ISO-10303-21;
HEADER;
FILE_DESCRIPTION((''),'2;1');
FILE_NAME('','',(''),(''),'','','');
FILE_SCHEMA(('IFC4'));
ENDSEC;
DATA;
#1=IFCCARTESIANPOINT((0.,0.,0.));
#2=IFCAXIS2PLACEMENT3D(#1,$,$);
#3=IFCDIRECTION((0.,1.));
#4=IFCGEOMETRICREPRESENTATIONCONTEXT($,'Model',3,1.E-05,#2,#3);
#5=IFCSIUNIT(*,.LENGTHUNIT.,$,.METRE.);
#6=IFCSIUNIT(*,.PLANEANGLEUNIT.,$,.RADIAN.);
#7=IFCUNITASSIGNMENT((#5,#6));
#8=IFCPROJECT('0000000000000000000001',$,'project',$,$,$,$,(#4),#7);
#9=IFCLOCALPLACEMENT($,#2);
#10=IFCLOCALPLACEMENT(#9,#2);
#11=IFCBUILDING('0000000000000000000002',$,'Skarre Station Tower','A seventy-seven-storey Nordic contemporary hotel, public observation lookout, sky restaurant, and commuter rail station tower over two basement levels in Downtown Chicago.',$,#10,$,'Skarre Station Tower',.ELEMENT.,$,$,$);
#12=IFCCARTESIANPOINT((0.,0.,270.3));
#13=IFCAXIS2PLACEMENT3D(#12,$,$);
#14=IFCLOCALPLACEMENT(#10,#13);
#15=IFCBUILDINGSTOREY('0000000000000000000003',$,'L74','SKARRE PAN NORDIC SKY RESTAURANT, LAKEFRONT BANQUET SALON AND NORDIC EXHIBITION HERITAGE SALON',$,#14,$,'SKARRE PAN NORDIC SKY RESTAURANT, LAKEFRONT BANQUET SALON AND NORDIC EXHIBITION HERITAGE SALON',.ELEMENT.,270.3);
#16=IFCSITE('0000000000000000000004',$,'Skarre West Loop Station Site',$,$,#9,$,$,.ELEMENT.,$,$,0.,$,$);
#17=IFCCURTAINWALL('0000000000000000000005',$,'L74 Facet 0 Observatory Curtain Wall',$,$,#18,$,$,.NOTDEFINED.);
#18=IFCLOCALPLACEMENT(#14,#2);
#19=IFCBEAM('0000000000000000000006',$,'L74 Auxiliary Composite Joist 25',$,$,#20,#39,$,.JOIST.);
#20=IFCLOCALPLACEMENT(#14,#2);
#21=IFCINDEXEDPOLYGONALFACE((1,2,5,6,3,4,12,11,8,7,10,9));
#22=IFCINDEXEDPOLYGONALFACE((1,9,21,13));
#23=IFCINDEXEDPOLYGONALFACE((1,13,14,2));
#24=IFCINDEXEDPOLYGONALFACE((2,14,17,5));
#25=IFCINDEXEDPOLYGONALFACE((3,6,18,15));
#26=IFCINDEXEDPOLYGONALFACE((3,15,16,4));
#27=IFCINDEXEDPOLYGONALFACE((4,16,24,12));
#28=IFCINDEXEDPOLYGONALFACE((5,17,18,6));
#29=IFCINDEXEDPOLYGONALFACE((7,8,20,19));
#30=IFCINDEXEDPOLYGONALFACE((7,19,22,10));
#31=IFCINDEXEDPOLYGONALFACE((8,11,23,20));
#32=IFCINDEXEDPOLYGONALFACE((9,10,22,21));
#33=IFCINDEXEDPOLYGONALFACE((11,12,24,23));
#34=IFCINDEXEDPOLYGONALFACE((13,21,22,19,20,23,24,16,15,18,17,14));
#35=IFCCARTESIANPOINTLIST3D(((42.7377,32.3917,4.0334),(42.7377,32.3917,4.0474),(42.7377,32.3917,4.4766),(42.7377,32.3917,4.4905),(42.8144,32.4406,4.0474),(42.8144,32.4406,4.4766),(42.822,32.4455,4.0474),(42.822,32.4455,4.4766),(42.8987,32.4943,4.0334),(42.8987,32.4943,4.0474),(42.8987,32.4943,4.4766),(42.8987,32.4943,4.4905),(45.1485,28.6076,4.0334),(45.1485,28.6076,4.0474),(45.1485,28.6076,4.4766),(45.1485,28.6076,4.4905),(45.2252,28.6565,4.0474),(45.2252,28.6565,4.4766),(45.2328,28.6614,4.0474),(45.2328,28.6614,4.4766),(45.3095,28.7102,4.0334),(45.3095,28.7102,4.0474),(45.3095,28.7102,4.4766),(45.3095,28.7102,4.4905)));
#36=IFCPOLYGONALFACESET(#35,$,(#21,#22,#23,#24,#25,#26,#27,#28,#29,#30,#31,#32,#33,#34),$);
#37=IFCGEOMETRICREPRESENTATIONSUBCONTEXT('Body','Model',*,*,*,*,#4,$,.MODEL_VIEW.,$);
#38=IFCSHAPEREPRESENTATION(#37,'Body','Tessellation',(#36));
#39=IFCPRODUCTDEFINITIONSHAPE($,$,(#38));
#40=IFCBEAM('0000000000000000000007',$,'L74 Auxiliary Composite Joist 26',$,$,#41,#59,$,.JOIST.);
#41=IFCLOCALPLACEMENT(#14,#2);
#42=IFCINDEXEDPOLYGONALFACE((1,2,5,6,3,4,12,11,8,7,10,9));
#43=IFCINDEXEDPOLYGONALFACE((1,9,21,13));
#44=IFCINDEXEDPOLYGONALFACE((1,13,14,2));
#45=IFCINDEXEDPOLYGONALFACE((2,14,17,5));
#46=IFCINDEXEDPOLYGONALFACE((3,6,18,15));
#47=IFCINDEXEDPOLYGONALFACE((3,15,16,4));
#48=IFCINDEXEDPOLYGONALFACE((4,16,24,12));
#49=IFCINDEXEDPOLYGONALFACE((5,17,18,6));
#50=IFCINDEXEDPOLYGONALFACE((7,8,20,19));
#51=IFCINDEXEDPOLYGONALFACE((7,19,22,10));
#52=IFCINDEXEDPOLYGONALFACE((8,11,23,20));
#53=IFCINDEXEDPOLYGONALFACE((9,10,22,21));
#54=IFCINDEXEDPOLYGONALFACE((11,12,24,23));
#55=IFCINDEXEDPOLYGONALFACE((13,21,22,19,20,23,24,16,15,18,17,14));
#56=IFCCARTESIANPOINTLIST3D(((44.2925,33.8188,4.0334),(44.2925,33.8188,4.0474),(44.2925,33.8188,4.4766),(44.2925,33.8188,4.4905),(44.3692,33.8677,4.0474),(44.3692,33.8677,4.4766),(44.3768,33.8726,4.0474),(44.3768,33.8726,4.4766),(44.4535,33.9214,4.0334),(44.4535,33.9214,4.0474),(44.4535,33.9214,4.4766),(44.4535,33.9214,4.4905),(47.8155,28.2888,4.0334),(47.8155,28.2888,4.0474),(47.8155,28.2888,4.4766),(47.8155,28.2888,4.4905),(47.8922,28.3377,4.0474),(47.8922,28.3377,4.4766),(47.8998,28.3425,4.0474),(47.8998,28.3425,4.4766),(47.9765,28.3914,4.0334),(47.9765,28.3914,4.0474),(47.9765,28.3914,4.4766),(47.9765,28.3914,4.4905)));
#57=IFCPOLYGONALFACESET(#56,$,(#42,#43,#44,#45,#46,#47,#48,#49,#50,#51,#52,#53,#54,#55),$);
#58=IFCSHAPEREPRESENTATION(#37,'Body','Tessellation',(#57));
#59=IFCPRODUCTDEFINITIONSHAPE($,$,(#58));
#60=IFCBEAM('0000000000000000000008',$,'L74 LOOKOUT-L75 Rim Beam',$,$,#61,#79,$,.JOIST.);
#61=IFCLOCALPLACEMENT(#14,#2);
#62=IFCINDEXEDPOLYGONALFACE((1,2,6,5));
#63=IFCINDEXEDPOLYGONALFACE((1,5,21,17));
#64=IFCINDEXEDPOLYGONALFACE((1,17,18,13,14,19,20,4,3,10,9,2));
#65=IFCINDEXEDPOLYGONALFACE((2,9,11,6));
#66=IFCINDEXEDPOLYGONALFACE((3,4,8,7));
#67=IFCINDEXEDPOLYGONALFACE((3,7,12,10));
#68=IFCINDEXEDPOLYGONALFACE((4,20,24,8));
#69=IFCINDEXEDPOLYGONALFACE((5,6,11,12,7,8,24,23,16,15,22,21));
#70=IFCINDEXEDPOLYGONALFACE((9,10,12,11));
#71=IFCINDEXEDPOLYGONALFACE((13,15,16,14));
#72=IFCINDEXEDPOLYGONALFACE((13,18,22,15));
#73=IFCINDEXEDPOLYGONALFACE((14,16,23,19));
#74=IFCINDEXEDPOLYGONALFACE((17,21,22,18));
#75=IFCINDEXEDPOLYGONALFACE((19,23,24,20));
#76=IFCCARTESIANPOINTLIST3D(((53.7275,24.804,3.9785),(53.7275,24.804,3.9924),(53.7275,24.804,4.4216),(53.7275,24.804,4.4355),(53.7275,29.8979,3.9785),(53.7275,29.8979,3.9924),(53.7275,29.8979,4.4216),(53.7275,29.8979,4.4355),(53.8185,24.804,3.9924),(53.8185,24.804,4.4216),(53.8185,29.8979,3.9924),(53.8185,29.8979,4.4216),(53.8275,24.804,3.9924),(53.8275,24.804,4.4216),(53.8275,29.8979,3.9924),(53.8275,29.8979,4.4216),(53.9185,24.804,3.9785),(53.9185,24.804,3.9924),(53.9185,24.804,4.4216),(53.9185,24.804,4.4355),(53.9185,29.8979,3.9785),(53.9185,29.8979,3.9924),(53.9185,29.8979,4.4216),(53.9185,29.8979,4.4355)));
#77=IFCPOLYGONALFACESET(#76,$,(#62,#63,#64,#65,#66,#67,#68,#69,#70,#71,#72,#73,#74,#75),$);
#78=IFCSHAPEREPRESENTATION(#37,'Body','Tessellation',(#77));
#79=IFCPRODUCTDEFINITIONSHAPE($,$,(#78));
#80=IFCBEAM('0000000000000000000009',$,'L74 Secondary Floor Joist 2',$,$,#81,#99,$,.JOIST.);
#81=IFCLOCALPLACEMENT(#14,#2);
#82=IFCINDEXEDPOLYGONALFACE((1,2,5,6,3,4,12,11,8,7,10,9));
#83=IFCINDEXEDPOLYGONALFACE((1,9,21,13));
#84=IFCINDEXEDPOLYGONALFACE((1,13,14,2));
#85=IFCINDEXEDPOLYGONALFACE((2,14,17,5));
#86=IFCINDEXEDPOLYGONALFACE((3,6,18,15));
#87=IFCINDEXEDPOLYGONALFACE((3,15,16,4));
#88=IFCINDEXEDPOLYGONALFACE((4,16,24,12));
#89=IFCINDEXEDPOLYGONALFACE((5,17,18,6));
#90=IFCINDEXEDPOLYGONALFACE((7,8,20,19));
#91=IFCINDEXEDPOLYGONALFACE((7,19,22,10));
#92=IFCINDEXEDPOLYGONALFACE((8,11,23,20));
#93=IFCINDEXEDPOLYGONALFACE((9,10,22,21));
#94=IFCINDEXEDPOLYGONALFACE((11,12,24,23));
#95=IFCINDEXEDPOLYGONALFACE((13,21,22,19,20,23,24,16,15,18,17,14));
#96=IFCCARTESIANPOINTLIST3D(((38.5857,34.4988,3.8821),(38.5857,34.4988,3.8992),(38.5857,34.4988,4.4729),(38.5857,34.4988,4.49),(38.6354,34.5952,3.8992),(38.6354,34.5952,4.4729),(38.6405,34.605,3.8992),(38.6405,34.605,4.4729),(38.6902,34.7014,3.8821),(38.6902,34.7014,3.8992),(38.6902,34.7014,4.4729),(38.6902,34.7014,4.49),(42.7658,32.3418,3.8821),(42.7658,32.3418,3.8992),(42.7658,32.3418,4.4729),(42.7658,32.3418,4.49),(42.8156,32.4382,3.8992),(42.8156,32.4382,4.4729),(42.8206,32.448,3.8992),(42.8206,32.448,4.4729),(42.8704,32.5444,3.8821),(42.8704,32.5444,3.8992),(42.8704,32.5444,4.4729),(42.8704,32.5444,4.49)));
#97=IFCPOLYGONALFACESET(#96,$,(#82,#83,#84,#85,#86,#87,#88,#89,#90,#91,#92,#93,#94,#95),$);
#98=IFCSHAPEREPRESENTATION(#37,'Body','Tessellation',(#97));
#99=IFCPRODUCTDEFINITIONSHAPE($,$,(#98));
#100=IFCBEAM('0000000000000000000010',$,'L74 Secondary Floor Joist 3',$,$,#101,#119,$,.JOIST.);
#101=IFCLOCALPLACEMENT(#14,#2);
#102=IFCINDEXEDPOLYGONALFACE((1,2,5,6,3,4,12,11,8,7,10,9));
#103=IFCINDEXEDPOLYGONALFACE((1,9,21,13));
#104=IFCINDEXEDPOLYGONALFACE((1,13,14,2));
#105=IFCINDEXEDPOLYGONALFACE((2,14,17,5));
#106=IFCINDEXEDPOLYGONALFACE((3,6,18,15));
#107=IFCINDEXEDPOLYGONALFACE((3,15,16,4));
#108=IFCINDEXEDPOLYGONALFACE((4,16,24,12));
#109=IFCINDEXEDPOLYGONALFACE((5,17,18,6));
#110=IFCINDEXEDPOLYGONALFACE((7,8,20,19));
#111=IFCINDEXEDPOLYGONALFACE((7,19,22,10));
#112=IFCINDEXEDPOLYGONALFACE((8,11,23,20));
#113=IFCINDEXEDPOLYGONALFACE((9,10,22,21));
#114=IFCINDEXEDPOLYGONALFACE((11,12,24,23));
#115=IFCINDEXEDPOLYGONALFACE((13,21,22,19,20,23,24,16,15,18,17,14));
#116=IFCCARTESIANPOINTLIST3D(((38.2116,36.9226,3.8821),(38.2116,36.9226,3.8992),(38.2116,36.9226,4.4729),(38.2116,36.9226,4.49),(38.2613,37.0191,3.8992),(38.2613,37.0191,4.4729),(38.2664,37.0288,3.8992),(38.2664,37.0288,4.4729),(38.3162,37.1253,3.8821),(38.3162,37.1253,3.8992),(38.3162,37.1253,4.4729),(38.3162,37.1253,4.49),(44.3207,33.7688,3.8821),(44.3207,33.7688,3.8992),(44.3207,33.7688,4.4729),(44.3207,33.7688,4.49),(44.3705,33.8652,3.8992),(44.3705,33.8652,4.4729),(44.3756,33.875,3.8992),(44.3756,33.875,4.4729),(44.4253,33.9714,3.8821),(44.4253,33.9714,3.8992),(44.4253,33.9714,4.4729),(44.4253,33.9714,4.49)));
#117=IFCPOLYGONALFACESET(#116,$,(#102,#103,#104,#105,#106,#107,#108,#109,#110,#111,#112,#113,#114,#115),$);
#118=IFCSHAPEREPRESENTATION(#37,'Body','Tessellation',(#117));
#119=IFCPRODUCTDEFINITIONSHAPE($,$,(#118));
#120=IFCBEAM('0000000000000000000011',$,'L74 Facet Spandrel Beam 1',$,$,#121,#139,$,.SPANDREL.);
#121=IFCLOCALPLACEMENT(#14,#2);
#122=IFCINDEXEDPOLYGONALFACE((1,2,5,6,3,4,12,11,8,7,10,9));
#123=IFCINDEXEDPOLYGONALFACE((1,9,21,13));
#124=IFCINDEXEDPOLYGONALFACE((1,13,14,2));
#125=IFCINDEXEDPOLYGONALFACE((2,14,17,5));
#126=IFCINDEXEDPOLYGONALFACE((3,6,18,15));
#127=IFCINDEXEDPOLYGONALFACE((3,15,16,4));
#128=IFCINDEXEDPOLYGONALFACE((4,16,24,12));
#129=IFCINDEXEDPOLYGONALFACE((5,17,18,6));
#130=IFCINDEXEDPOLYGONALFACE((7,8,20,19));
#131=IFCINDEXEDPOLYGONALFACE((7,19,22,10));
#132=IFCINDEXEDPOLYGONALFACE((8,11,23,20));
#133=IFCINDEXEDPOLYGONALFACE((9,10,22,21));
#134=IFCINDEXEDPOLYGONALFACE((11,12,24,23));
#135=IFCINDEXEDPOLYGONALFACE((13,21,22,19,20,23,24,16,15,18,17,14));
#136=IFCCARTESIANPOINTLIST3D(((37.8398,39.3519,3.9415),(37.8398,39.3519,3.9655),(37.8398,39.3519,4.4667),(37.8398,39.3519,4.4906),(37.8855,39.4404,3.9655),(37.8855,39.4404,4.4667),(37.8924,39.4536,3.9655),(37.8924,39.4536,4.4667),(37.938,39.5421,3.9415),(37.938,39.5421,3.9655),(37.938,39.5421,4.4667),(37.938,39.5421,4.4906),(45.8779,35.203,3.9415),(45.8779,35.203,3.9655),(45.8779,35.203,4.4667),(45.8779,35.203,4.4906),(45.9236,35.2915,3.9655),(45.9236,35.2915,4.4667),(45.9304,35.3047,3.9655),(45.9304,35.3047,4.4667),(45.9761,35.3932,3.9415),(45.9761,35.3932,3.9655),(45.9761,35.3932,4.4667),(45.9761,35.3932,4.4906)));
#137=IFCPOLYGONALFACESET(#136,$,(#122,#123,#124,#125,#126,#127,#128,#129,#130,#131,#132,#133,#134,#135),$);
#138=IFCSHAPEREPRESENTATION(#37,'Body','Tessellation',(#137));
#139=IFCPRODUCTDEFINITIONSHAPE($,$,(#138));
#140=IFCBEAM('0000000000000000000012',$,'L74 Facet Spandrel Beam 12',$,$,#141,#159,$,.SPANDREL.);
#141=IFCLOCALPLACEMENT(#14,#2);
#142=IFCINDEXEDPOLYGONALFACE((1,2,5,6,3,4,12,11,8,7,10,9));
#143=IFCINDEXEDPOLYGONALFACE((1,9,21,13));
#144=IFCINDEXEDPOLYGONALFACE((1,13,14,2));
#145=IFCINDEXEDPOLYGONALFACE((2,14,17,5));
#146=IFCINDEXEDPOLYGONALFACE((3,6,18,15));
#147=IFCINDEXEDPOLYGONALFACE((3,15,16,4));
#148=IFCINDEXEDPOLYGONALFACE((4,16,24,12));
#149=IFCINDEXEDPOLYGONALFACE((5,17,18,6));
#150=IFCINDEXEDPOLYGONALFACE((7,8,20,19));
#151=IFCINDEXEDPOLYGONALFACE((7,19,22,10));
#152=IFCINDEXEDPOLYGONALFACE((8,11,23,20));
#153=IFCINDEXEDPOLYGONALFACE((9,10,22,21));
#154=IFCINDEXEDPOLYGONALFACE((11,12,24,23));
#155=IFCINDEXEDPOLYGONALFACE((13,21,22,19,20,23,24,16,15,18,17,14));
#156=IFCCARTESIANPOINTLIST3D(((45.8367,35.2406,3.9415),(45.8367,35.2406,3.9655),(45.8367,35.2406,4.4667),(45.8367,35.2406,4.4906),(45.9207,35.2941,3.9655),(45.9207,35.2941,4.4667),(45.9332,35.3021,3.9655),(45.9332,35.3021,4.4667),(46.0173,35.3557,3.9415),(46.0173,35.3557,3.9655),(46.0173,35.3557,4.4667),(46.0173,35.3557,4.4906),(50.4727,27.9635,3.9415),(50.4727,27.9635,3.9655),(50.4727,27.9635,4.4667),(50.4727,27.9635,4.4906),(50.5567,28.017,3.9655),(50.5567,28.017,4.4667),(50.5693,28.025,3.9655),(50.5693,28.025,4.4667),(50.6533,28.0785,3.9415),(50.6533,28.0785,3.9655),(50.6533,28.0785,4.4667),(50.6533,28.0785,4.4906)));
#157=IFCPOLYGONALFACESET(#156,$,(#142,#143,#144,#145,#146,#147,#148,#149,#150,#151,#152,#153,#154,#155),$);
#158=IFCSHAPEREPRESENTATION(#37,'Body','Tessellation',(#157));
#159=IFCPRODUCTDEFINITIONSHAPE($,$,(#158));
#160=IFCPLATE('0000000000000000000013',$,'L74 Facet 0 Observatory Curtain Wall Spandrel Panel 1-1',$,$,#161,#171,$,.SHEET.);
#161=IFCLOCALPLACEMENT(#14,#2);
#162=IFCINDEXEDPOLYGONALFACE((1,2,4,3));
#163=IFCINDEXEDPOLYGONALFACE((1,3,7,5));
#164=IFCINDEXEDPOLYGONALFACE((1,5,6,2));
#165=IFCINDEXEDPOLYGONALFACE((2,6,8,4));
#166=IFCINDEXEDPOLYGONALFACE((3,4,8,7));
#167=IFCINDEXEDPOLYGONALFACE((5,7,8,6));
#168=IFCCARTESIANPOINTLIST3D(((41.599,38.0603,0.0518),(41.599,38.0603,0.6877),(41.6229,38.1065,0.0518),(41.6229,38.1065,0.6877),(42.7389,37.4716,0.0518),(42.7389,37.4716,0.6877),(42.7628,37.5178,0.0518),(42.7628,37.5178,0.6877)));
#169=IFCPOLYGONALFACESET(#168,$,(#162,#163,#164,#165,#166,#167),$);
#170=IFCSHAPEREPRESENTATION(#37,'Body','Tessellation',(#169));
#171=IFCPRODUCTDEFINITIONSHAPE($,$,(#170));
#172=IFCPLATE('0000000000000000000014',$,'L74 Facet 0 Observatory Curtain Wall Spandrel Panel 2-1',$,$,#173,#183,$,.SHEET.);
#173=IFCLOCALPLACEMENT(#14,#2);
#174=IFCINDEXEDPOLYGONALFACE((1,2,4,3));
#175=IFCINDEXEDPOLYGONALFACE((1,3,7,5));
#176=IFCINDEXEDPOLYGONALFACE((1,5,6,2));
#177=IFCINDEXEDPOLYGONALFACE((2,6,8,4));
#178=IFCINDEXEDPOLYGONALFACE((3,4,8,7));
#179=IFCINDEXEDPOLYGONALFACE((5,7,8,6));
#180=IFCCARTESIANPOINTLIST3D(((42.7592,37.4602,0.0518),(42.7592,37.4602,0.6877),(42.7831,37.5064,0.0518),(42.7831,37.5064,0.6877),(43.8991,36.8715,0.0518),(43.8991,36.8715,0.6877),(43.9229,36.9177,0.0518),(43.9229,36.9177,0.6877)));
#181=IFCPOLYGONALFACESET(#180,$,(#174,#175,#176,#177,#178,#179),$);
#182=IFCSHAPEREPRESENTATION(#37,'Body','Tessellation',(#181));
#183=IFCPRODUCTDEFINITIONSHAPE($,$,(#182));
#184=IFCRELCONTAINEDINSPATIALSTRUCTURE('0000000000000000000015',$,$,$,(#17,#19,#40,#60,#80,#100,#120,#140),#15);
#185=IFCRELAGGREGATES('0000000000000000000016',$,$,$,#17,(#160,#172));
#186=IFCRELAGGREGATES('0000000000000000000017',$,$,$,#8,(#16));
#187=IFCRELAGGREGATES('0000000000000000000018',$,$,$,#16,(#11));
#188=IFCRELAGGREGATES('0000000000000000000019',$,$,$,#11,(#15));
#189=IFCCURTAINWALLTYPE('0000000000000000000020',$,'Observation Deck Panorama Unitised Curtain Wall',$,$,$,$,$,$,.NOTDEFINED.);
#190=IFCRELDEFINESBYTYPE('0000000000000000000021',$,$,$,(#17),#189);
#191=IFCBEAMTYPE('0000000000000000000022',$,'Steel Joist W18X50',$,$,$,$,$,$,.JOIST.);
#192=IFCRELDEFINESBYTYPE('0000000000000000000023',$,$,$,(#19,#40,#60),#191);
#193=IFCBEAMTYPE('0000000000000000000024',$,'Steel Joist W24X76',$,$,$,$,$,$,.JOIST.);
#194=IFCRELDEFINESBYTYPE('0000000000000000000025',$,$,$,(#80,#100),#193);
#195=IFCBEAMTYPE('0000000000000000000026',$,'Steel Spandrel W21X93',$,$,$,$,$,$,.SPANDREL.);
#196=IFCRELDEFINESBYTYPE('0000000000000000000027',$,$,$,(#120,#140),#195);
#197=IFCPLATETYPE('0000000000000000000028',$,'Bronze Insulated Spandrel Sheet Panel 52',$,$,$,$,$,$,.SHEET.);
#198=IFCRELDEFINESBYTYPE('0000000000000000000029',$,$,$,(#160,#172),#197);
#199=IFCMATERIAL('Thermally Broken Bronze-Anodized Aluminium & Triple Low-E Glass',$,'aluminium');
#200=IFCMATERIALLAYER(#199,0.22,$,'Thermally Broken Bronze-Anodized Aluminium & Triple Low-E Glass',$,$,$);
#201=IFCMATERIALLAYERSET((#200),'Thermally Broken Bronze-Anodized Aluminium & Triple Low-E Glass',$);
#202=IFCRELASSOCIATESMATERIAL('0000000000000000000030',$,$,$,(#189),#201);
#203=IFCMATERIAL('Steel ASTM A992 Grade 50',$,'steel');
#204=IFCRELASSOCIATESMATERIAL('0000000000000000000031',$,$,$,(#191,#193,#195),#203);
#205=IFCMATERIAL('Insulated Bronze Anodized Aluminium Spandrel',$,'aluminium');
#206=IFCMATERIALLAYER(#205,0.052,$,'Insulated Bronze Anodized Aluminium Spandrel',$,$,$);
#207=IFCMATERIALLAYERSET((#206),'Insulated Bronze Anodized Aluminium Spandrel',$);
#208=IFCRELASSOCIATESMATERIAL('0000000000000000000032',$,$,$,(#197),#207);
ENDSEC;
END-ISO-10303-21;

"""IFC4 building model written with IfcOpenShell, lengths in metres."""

from ifc_helpers import new_model, si_unit, direction, frame, origin, origin_2d, place, context, subcontext, project, spatial, rectangle, i_section, extrude, material, layer, layer_set, material_profile, profile_set, type_object, element, aggregate, save


model = new_model("IFC4")

# Units and contexts
model_context = context("Model", 3, precision=1e-05, world=origin(), true_north=direction((0.0, 1.0)))
body_context = subcontext(model_context, "Body", "Model", "MODEL_VIEW")
ifc_project = project(units=[si_unit("LENGTHUNIT", "METRE"), si_unit("PLANEANGLEUNIT", "RADIAN")], contexts=[model_context])

# Site, building, storey
site_placement = place(None, origin())
site = spatial("IfcSite", under=ifc_project, at=site_placement, Name="Skarre West Loop Station Site", CompositionType="ELEMENT", RefElevation=0.0)
building_placement = place(site_placement, origin())
building = spatial("IfcBuilding", under=site, at=building_placement, Name="Skarre Station Tower", Description="A seventy-seven-storey Nordic contemporary hotel, public observation lookout, sky restaurant, and commuter rail station tower over two basement levels in Downtown Chicago.", LongName="Skarre Station Tower", CompositionType="ELEMENT")
storey_placement = place(building_placement, frame((0.0, 0.0, 270.3)))
storey = spatial("IfcBuildingStorey", under=building, at=storey_placement, Name="L74", Description="SKARRE PAN NORDIC SKY RESTAURANT, LAKEFRONT BANQUET SALON AND NORDIC EXHIBITION HERITAGE SALON", LongName="SKARRE PAN NORDIC SKY RESTAURANT, LAKEFRONT BANQUET SALON AND NORDIC EXHIBITION HERITAGE SALON", CompositionType="ELEMENT", Elevation=270.3)

# Curtain wall
ifc_material_1 = material(Name="Thermally Broken Bronze-Anodized Aluminium & Triple Low-E Glass", Category="aluminium")
ifc_layer_1 = layer(ifc_material_1, 0.22, Name="Thermally Broken Bronze-Anodized Aluminium & Triple Low-E Glass")
ifc_layer_set_1 = layer_set([ifc_layer_1], Name="Thermally Broken Bronze-Anodized Aluminium & Triple Low-E Glass")
curtain_wall_type = type_object("IfcCurtainWallType", Name="Observation Deck Panorama Unitised Curtain Wall", PredefinedType="NOTDEFINED", material=ifc_layer_set_1)
curtain_wall_1_placement = place(storey_placement, origin())
curtain_wall_1 = element("IfcCurtainWall", 1, at=curtain_wall_1_placement, inside=storey, type_object=curtain_wall_type, Name="L74 Facet 0 Observatory Curtain Wall", PredefinedType="NOTDEFINED")

# Beams
ifc_material_2 = material(Name="Steel ASTM A992 Grade 50", Category="steel")
ifc_material_profile_1 = material_profile(ifc_material_2, i_section(OverallWidth=0.1909, OverallDepth=0.457, WebThickness=0.009, FlangeThickness=0.0139, at=origin_2d()), Name="Steel ASTM A992 Grade 50")
ifc_profile_set_1 = profile_set([ifc_material_profile_1], Name="Steel ASTM A992 Grade 50")
beam_type_1 = type_object("IfcBeamType", Name="Steel Joist W18X50", PredefinedType="JOIST", material=ifc_profile_set_1)
beam_1_placement = place(storey_placement, frame((45.229, 28.6589, 4.262), z_axis=(-0.537316, 0.843381, 0.0), x_axis=(-0.843381, -0.537316, 0.0)))
element("IfcBeam", 2, at=beam_1_placement, inside=storey, type_object=beam_type_1, Name="L74 Auxiliary Composite Joist 25", PredefinedType="JOIST", context=body_context, shape_type="SweptSolid", body=[
    extrude(i_section(OverallWidth=0.1909, OverallDepth=0.457, WebThickness=0.009, FlangeThickness=0.0139, at=origin_2d()), origin(), (0.0, 0.0, 1.0), 4.4868),
])
beam_2_placement = place(storey_placement, frame((47.896, 28.3401, 4.262), z_axis=(-0.537292, 0.843396, 0.0), x_axis=(-0.843396, -0.537292, 0.0)))
element("IfcBeam", 3, at=beam_2_placement, inside=storey, type_object=beam_type_1, Name="L74 Auxiliary Composite Joist 26", PredefinedType="JOIST", context=body_context, shape_type="SweptSolid", body=[
    extrude(i_section(OverallWidth=0.1909, OverallDepth=0.457, WebThickness=0.009, FlangeThickness=0.0139, at=origin_2d()), origin(), (0.0, 0.0, 1.0), 6.5569),
])
beam_3_placement = place(storey_placement, frame((53.823, 29.8979, 4.207), z_axis=(0.0, -1.0, 0.0), x_axis=(1.0, 0.0, 0.0)))
element("IfcBeam", 4, at=beam_3_placement, inside=storey, type_object=beam_type_1, Name="L74 LOOKOUT-L75 Rim Beam", PredefinedType="JOIST", context=body_context, shape_type="SweptSolid", body=[
    extrude(i_section(OverallWidth=0.1909, OverallDepth=0.457, WebThickness=0.009, FlangeThickness=0.0139, at=origin_2d()), origin(), (0.0, 0.0, 1.0), 5.094),
])
ifc_material_profile_2 = material_profile(ifc_material_2, i_section(OverallWidth=0.228, OverallDepth=0.6079, WebThickness=0.011, FlangeThickness=0.0171, at=origin_2d()), Name="Steel ASTM A992 Grade 50")
ifc_profile_set_2 = profile_set([ifc_material_profile_2], Name="Steel ASTM A992 Grade 50")
beam_type_2 = type_object("IfcBeamType", Name="Steel Joist W24X76", PredefinedType="JOIST", material=ifc_profile_set_2)
beam_4_placement = place(storey_placement, frame((42.8181, 32.4431, 4.186), z_axis=(-0.888666, 0.458554, 0.0), x_axis=(-0.458554, -0.888666, 0.0)))
element("IfcBeam", 5, at=beam_4_placement, inside=storey, type_object=beam_type_2, Name="L74 Secondary Floor Joist 2", PredefinedType="JOIST", context=body_context, shape_type="SweptSolid", body=[
    extrude(i_section(OverallWidth=0.228, OverallDepth=0.6079, WebThickness=0.011, FlangeThickness=0.0171, at=origin_2d()), origin(), (0.0, 0.0, 1.0), 4.7039),
])
beam_5_placement = place(storey_placement, frame((44.373, 33.8701, 4.186), z_axis=(-0.888579, 0.458724, 0.0), x_axis=(-0.458724, -0.888579, 0.0)))
element("IfcBeam", 6, at=beam_5_placement, inside=storey, type_object=beam_type_2, Name="L74 Secondary Floor Joist 3", PredefinedType="JOIST", context=body_context, shape_type="SweptSolid", body=[
    extrude(i_section(OverallWidth=0.228, OverallDepth=0.6079, WebThickness=0.011, FlangeThickness=0.0171, at=origin_2d()), origin(), (0.0, 0.0, 1.0), 6.8752),
])
ifc_material_profile_3 = material_profile(ifc_material_2, i_section(OverallWidth=0.2141, OverallDepth=0.5491, WebThickness=0.0149, FlangeThickness=0.0239, at=origin_2d()), Name="Steel ASTM A992 Grade 50")
ifc_profile_set_3 = profile_set([ifc_material_profile_3], Name="Steel ASTM A992 Grade 50")
beam_type_3 = type_object("IfcBeamType", Name="Steel Spandrel W21X93", PredefinedType="SPANDREL", material=ifc_profile_set_3)
beam_6_placement = place(storey_placement, frame((45.927, 35.2981, 4.2161), z_axis=(-0.88861, 0.458664, 0.0), x_axis=(-0.458664, -0.88861, 0.0)))
element("IfcBeam", 7, at=beam_6_placement, inside=storey, type_object=beam_type_3, Name="L74 Facet Spandrel Beam 1", PredefinedType="SPANDREL", context=body_context, shape_type="SweptSolid", body=[
    extrude(i_section(OverallWidth=0.2141, OverallDepth=0.5491, WebThickness=0.0149, FlangeThickness=0.0239, at=origin_2d()), origin(), (0.0, 0.0, 1.0), 9.0457),
])
beam_7_placement = place(storey_placement, frame((50.563, 28.021, 4.2161), z_axis=(-0.537297, 0.843393, 0.0), x_axis=(-0.843393, -0.537297, 0.0)))
element("IfcBeam", 8, at=beam_7_placement, inside=storey, type_object=beam_type_3, Name="L74 Facet Spandrel Beam 12", PredefinedType="SPANDREL", context=body_context, shape_type="SweptSolid", body=[
    extrude(i_section(OverallWidth=0.2141, OverallDepth=0.5491, WebThickness=0.0149, FlangeThickness=0.0239, at=origin_2d()), origin(), (0.0, 0.0, 1.0), 8.6284),
])

# Plates
ifc_material_3 = material(Name="Insulated Bronze Anodized Aluminium Spandrel", Category="aluminium")
ifc_layer_2 = layer(ifc_material_3, 0.052, Name="Insulated Bronze Anodized Aluminium Spandrel")
ifc_layer_set_2 = layer_set([ifc_layer_2], Name="Insulated Bronze Anodized Aluminium Spandrel")
plate_type_1 = type_object("IfcPlateType", Name="Bronze Insulated Spandrel Sheet Panel 52", PredefinedType="SHEET", material=ifc_layer_set_2)
plate_1_placement = place(storey_placement, frame((42.1809, 37.7891, 0.0518), z_axis=(0.0, 0.0, 1.0), x_axis=(0.888481, -0.458913, 0.0)))
plate_1 = element("IfcPlate", 9, at=plate_1_placement, type_object=plate_type_1, Name="L74 Facet 0 Observatory Curtain Wall Spandrel Panel 1-1", PredefinedType="SHEET", context=body_context, shape_type="SweptSolid", body=[
    extrude(rectangle(XDim=1.283, YDim=0.052, at=origin_2d()), origin(), (0.0, 0.0, 1.0), 0.636),
])
plate_2_placement = place(storey_placement, frame((43.3411, 37.189, 0.0518), z_axis=(0.0, 0.0, 1.0), x_axis=(0.888481, -0.458913, 0.0)))
plate_2 = element("IfcPlate", 10, at=plate_2_placement, type_object=plate_type_1, Name="L74 Facet 0 Observatory Curtain Wall Spandrel Panel 2-1", PredefinedType="SHEET", context=body_context, shape_type="SweptSolid", body=[
    extrude(rectangle(XDim=1.283, YDim=0.052, at=origin_2d()), origin(), (0.0, 0.0, 1.0), 0.636),
])
aggregate(curtain_wall_1, [plate_1, plate_2])

save(model, "model.ifc")
